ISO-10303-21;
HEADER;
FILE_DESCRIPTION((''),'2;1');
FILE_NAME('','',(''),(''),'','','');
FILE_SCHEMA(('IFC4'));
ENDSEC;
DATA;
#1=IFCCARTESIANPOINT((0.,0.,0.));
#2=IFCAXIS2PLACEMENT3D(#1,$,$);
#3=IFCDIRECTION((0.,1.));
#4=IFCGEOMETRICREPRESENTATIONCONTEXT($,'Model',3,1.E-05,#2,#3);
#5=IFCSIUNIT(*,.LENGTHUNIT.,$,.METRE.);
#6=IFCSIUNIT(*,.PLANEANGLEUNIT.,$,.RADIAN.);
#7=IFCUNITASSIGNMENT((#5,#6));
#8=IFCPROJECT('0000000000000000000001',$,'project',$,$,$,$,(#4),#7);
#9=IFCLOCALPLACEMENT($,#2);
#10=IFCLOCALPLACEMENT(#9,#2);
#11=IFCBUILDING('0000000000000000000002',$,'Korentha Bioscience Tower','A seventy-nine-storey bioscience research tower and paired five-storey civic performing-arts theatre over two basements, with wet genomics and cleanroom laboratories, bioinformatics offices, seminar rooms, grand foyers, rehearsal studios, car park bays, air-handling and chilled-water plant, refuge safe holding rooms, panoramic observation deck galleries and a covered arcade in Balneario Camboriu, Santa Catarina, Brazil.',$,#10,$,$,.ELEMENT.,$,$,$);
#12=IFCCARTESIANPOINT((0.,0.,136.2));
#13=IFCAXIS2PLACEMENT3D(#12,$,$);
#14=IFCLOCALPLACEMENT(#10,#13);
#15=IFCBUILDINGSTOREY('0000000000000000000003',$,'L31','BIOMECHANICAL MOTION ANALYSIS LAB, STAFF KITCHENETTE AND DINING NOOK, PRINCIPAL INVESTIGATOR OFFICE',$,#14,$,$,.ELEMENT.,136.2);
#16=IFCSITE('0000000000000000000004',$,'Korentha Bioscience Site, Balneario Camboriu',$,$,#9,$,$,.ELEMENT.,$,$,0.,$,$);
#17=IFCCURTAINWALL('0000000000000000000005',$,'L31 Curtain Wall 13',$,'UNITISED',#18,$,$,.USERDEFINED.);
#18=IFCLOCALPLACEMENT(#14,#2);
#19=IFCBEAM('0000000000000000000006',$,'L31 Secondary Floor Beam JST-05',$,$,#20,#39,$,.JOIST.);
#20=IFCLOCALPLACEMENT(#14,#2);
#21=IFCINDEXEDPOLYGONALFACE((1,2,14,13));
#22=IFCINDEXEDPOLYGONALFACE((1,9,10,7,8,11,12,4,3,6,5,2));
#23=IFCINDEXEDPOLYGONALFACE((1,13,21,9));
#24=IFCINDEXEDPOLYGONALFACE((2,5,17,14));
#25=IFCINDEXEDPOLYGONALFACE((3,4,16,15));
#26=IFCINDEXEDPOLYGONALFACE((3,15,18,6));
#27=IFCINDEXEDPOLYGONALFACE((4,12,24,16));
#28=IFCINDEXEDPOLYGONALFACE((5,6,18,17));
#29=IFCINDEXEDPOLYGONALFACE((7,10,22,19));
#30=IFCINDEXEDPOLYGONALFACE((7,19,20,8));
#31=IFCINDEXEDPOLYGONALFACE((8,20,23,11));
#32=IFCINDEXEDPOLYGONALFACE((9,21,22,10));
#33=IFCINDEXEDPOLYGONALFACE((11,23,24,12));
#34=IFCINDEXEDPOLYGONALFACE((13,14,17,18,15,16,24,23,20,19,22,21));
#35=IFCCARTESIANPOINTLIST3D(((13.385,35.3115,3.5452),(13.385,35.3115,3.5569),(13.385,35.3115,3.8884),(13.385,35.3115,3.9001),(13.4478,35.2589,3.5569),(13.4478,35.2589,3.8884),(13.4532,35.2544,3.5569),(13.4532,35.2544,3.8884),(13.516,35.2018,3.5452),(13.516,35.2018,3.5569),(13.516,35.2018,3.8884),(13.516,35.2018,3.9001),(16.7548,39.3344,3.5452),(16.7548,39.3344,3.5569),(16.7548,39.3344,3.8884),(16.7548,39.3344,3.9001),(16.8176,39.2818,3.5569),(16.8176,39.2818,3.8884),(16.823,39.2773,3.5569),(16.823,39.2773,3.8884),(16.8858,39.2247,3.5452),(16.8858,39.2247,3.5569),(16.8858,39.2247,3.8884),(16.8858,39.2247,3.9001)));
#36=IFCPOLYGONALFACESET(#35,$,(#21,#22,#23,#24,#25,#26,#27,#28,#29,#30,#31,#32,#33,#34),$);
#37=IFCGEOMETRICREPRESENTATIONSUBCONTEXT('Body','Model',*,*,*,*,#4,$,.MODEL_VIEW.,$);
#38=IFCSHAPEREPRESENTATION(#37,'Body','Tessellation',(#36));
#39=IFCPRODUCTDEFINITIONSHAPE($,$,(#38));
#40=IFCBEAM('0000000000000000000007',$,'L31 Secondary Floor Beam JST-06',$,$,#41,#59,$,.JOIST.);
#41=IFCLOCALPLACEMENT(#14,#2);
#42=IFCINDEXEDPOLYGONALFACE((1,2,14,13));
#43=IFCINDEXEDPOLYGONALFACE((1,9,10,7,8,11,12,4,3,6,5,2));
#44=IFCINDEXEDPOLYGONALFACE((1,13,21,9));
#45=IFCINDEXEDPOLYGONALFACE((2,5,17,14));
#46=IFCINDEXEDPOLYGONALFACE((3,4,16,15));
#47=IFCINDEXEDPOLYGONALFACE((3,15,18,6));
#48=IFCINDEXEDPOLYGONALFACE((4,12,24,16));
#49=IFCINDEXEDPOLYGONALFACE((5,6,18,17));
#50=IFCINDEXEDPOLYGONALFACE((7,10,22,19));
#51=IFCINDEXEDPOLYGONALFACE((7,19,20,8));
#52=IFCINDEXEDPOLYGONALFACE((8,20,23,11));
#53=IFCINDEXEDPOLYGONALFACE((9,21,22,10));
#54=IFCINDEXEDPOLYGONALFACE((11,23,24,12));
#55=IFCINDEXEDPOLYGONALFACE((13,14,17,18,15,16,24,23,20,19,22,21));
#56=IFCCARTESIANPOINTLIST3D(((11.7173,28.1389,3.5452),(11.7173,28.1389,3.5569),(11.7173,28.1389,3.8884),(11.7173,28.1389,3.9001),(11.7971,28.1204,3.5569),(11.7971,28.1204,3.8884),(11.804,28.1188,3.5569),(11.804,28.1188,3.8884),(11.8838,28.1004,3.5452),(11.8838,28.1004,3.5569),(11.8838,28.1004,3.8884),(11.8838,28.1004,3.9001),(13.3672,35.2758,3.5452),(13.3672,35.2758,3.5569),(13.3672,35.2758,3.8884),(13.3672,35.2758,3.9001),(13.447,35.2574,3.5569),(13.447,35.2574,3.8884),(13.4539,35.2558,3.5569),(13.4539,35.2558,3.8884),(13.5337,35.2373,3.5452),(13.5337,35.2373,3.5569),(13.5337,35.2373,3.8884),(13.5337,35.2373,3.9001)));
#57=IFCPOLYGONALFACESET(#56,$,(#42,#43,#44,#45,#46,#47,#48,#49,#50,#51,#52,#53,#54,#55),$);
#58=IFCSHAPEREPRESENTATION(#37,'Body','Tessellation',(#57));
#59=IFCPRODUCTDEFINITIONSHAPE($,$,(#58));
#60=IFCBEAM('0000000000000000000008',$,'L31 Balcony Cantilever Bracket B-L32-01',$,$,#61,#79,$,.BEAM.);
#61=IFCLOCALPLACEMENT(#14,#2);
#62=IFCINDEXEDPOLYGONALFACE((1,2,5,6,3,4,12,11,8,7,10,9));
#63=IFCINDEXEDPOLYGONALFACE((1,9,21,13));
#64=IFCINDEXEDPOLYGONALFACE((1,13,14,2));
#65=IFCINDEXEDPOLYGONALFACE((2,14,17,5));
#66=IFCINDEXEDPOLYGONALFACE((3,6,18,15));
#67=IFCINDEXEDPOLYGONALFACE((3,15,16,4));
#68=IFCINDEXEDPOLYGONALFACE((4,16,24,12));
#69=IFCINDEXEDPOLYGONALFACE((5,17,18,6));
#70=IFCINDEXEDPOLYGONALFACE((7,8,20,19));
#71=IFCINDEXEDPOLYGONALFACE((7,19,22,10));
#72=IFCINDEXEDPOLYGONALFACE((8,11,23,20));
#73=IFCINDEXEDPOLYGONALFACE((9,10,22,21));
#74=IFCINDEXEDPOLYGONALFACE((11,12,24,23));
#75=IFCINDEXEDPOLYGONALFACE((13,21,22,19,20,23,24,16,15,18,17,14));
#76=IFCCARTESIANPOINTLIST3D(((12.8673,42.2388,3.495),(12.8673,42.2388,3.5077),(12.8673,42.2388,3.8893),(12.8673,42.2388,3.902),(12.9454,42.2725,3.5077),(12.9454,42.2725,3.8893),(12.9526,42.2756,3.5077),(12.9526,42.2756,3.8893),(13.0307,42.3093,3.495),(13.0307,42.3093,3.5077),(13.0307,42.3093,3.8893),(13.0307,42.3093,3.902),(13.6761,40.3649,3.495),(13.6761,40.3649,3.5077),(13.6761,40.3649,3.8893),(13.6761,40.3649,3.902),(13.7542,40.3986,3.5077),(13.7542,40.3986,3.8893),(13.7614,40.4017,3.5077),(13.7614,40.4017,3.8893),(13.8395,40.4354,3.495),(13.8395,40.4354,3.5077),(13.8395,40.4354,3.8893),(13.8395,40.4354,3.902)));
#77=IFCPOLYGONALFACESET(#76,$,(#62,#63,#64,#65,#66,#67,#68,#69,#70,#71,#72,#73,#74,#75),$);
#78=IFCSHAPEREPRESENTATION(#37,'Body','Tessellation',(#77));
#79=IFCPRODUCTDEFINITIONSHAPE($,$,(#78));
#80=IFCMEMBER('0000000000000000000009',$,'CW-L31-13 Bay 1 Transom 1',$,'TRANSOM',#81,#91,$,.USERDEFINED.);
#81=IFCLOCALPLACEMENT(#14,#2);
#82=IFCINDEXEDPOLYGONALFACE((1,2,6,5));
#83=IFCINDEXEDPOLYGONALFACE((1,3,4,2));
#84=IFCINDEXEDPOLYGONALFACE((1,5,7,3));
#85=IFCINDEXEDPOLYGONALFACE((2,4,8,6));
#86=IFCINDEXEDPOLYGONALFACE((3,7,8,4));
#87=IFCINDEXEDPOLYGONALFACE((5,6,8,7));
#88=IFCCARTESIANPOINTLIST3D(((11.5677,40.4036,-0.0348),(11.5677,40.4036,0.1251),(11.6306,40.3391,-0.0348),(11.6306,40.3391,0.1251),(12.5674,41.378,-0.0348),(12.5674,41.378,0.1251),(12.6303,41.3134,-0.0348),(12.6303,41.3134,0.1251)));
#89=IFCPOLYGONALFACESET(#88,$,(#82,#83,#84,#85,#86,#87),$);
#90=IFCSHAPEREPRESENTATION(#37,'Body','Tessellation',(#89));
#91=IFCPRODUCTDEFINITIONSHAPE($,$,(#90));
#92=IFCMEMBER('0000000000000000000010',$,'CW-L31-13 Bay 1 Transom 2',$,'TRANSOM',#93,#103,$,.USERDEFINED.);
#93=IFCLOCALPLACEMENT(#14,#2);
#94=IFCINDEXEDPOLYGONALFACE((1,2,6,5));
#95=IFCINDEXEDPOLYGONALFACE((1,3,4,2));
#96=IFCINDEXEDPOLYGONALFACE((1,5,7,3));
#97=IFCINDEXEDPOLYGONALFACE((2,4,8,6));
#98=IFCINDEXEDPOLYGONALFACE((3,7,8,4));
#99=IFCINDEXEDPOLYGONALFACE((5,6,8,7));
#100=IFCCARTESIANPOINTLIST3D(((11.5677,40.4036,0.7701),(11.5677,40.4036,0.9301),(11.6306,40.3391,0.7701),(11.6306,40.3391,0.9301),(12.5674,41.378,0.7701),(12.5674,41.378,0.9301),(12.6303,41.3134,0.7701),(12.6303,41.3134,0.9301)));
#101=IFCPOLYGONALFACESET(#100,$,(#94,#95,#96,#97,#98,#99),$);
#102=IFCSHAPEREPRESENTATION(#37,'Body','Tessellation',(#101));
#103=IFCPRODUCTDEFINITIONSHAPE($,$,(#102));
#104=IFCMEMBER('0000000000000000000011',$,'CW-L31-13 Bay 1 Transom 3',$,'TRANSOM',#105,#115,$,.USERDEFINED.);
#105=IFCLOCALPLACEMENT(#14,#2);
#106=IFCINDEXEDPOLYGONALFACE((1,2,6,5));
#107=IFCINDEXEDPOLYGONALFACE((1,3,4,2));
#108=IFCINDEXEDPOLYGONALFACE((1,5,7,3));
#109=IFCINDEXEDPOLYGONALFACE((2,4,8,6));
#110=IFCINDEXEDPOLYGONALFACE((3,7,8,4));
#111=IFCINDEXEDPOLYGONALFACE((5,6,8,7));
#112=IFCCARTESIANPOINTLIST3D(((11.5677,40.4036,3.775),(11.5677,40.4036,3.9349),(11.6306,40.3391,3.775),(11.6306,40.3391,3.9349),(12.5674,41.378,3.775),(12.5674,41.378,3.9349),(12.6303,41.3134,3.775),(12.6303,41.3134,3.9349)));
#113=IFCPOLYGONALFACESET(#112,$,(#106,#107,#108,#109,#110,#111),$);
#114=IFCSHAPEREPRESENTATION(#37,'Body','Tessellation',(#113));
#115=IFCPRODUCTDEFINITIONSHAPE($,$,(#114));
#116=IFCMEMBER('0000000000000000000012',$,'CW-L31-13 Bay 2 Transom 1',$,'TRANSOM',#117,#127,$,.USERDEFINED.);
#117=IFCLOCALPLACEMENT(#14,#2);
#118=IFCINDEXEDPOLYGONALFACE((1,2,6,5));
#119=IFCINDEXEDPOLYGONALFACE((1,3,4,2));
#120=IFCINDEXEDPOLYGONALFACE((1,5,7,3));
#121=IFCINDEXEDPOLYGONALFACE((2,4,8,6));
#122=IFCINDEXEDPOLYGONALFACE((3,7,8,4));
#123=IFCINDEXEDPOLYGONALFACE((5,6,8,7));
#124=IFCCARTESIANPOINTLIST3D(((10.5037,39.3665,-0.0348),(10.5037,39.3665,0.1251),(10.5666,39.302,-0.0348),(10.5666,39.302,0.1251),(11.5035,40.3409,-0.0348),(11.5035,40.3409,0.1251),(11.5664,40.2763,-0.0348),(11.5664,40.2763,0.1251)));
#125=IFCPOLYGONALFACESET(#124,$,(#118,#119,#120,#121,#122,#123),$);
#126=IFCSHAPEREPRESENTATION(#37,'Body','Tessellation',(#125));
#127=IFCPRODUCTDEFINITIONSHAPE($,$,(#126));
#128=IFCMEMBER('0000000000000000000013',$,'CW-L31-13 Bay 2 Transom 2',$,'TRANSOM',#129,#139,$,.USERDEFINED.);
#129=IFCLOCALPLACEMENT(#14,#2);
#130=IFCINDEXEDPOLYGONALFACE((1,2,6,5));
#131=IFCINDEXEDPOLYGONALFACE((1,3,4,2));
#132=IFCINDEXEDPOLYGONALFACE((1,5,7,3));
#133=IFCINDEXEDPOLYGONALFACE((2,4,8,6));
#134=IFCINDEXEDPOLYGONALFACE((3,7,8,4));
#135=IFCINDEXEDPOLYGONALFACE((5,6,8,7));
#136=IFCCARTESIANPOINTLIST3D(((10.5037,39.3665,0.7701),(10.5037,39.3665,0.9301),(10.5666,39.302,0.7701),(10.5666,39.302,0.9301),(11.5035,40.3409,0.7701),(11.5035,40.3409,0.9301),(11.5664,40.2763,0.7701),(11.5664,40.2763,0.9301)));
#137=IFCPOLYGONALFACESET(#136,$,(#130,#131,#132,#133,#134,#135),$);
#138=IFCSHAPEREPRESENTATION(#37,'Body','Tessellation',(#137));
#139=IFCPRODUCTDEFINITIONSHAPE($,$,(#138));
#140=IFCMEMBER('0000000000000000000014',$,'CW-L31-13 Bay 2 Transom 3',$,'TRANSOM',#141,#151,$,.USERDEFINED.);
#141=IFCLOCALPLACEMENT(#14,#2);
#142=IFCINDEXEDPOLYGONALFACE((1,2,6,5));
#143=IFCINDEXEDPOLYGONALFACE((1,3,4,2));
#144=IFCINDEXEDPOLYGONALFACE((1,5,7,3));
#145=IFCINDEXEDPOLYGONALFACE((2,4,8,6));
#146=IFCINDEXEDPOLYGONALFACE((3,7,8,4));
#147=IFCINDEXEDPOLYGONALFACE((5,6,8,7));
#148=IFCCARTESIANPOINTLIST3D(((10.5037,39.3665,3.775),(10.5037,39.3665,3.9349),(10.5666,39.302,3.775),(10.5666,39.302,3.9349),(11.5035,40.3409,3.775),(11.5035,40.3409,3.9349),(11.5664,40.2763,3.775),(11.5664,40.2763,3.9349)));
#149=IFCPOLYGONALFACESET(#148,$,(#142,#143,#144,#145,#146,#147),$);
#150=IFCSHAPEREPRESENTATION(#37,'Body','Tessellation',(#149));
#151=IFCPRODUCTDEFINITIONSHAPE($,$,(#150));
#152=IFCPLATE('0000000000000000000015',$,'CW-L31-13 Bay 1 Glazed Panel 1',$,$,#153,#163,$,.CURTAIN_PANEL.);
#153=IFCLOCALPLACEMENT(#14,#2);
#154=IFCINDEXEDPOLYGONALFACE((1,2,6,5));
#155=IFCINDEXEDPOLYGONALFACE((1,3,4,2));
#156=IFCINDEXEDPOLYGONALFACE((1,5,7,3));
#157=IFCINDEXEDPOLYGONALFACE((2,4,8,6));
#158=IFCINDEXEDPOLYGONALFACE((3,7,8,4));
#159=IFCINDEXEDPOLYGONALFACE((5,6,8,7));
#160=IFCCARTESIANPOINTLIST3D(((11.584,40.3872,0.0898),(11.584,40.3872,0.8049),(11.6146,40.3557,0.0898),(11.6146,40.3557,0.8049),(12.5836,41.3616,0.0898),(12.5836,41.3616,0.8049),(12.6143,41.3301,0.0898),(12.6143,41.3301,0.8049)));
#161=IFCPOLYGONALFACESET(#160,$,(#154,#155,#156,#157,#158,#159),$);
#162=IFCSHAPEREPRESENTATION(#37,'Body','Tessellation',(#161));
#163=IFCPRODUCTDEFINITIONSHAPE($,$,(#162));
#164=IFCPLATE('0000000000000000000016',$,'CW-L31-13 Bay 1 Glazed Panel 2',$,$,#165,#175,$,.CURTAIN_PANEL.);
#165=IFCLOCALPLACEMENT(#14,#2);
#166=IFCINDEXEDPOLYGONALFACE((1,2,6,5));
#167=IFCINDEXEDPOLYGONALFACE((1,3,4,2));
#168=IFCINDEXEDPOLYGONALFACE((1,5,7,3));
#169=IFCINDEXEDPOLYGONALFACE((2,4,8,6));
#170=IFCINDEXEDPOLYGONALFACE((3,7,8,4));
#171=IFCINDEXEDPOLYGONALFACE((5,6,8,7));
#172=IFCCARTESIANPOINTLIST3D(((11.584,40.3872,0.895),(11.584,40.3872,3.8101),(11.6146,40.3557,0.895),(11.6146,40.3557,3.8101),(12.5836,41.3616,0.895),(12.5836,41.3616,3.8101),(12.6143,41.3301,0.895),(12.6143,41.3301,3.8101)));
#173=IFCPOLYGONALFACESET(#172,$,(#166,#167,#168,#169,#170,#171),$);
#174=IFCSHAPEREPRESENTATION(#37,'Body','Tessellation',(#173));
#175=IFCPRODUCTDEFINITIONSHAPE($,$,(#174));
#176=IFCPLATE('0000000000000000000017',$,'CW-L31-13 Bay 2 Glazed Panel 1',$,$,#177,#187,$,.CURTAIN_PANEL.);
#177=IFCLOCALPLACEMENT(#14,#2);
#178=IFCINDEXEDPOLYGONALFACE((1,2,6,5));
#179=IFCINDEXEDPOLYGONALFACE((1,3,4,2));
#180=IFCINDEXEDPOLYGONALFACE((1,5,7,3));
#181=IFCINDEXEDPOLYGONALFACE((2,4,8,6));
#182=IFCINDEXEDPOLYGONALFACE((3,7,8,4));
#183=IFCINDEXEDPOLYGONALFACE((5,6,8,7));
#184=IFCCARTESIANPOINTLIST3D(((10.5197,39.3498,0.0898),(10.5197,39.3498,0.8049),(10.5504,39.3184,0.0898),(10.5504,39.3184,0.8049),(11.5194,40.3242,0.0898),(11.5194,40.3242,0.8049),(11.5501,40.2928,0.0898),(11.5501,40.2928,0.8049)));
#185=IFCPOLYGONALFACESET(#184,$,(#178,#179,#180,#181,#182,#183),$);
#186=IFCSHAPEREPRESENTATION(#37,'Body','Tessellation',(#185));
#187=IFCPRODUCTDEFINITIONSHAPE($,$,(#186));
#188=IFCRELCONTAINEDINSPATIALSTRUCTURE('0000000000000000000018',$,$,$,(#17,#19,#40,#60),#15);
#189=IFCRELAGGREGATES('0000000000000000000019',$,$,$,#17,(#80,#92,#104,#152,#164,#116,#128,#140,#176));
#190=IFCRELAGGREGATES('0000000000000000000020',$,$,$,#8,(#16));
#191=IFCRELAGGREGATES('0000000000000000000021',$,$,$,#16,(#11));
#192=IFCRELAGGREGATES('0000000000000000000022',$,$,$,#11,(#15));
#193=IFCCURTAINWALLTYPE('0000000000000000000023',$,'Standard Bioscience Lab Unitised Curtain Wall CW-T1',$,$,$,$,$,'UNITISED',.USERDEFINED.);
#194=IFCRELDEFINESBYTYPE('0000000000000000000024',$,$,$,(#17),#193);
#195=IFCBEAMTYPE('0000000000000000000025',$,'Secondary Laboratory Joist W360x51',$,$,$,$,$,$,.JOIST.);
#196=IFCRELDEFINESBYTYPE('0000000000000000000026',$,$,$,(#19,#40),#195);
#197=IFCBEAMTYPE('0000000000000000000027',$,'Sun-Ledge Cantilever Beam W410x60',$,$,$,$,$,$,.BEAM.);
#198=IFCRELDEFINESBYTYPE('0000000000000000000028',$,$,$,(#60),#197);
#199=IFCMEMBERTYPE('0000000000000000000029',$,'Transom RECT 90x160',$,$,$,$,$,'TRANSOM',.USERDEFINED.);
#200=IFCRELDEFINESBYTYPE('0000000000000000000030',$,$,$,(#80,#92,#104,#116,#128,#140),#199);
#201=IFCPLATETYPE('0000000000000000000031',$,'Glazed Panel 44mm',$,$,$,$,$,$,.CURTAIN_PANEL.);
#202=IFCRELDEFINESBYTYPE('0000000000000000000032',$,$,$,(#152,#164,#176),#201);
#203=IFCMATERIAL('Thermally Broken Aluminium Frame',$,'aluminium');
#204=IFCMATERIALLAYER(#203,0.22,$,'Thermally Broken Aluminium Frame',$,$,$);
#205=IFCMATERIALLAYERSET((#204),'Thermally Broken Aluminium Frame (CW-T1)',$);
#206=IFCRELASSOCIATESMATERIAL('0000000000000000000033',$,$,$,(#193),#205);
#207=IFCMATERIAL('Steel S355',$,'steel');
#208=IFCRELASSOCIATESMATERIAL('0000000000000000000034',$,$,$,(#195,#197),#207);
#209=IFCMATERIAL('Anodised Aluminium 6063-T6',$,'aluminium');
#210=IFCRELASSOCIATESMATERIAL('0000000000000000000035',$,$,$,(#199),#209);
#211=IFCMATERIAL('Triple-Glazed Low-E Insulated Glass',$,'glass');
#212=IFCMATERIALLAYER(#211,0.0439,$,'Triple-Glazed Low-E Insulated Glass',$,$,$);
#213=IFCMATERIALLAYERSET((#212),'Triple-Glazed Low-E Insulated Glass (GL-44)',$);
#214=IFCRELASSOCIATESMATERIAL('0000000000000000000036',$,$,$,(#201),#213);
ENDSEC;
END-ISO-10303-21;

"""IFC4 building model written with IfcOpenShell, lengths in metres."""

from ifc_helpers import new_model, si_unit, direction, frame, origin, origin_2d, place, context, subcontext, project, spatial, rectangle, i_section, extrude, material, layer, layer_set, material_profile, profile_set, type_object, element, aggregate, save


model = new_model("IFC4")

# Units and contexts
model_context = context("Model", 3, precision=1e-05, world=origin(), true_north=direction((0.0, 1.0)))
body_context = subcontext(model_context, "Body", "Model", "MODEL_VIEW")
ifc_project = project(units=[si_unit("LENGTHUNIT", "METRE"), si_unit("PLANEANGLEUNIT", "RADIAN")], contexts=[model_context])

# Site, building, storey
site_placement = place(None, origin())
site = spatial("IfcSite", under=ifc_project, at=site_placement, Name="Korentha Bioscience Site, Balneario Camboriu", CompositionType="ELEMENT", RefElevation=0.0)
building_placement = place(site_placement, origin())
building = spatial("IfcBuilding", under=site, at=building_placement, Name="Korentha Bioscience Tower", Description="A seventy-nine-storey bioscience research tower and paired five-storey civic performing-arts theatre over two basements, with wet genomics and cleanroom laboratories, bioinformatics offices, seminar rooms, grand foyers, rehearsal studios, car park bays, air-handling and chilled-water plant, refuge safe holding rooms, panoramic observation deck galleries and a covered arcade in Balneario Camboriu, Santa Catarina, Brazil.", CompositionType="ELEMENT")
storey_placement = place(building_placement, frame((0.0, 0.0, 136.2)))
storey = spatial("IfcBuildingStorey", under=building, at=storey_placement, Name="L31", Description="BIOMECHANICAL MOTION ANALYSIS LAB, STAFF KITCHENETTE AND DINING NOOK, PRINCIPAL INVESTIGATOR OFFICE", CompositionType="ELEMENT", Elevation=136.2)

# Shared definitions
ifc_material_1 = material(Name="Steel S355", Category="steel")

# Curtain wall
ifc_material_2 = material(Name="Thermally Broken Aluminium Frame", Category="aluminium")
ifc_layer_1 = layer(ifc_material_2, 0.22, Name="Thermally Broken Aluminium Frame")
ifc_layer_set_1 = layer_set([ifc_layer_1], Name="Thermally Broken Aluminium Frame (CW-T1)")
curtain_wall_type = type_object("IfcCurtainWallType", Name="Standard Bioscience Lab Unitised Curtain Wall CW-T1", ElementType="UNITISED", PredefinedType="USERDEFINED", material=ifc_layer_set_1)
curtain_wall_placement = place(storey_placement, origin())
curtain_wall = element("IfcCurtainWall", 1, at=curtain_wall_placement, inside=storey, type_object=curtain_wall_type, Name="L31 Curtain Wall 13", ObjectType="UNITISED", PredefinedType="USERDEFINED")
ifc_material_3 = material(Name="Anodised Aluminium 6063-T6", Category="aluminium")

# Beams
ifc_material_profile_1 = material_profile(ifc_material_1, i_section(OverallWidth=0.1709, OverallDepth=0.355, WebThickness=0.0071, FlangeThickness=0.0117, at=origin_2d()), Name="Steel S355")
ifc_profile_set_1 = profile_set([ifc_material_profile_1], Name="Steel S355 (JB-360)")
beam_type_1 = type_object("IfcBeamType", Name="Secondary Laboratory Joist W360x51", PredefinedType="JOIST", material=ifc_profile_set_1)
beam_1_placement = place(storey_placement, frame((16.8203, 39.2795, 3.7227), z_axis=(-0.642141, -0.766587, 0.0), x_axis=(0.766587, -0.642141, 0.0)))
element("IfcBeam", 2, at=beam_1_placement, inside=storey, type_object=beam_type_1, Name="L31 Secondary Floor Beam JST-05", PredefinedType="JOIST", context=body_context, shape_type="SweptSolid", body=[
    extrude(i_section(OverallWidth=0.1709, OverallDepth=0.355, WebThickness=0.0071, FlangeThickness=0.0117, at=origin_2d()), origin(), (0.0, 0.0, 1.0), 5.2478),
])
beam_2_placement = place(storey_placement, frame((13.4504, 35.2566, 3.7227), z_axis=(-0.225237, -0.974304, 0.0), x_axis=(0.974304, -0.225237, 0.0)))
element("IfcBeam", 3, at=beam_2_placement, inside=storey, type_object=beam_type_1, Name="L31 Secondary Floor Beam JST-06", PredefinedType="JOIST", context=body_context, shape_type="SweptSolid", body=[
    extrude(i_section(OverallWidth=0.1709, OverallDepth=0.355, WebThickness=0.0071, FlangeThickness=0.0117, at=origin_2d()), origin(), (0.0, 0.0, 1.0), 7.3252),
])
ifc_material_profile_2 = material_profile(ifc_material_1, i_section(OverallWidth=0.178, OverallDepth=0.407, WebThickness=0.0078, FlangeThickness=0.0127, at=origin_2d()), Name="Steel S355")
ifc_profile_set_2 = profile_set([ifc_material_profile_2], Name="Steel S355 (CB-410)")
beam_type_2 = type_object("IfcBeamType", Name="Sun-Ledge Cantilever Beam W410x60", PredefinedType="BEAM", material=ifc_profile_set_2)
beam_3_placement = place(storey_placement, frame((13.7578, 40.4001, 3.6985), z_axis=(-0.396271, 0.918134, 0.0), x_axis=(-0.918134, -0.396271, 0.0)))
element("IfcBeam", 4, at=beam_3_placement, inside=storey, type_object=beam_type_2, Name="L31 Balcony Cantilever Bracket B-L32-01", PredefinedType="BEAM", context=body_context, shape_type="SweptSolid", body=[
    extrude(i_section(OverallWidth=0.178, OverallDepth=0.407, WebThickness=0.0078, FlangeThickness=0.0127, at=origin_2d()), origin(), (0.0, 0.0, 1.0), 2.041),
])

# Members
ifc_material_profile_3 = material_profile(ifc_material_3, rectangle(XDim=0.0901, YDim=0.1599, at=origin_2d()), Name="Anodised Aluminium 6063-T6")
ifc_profile_set_3 = profile_set([ifc_material_profile_3], Name="Anodised Aluminium 6063-T6 (CW-TRN)")
member_type_1 = type_object("IfcMemberType", Name="Transom RECT 90x160", ElementType="TRANSOM", PredefinedType="USERDEFINED", material=ifc_profile_set_3)
member_1_placement = place(storey_placement, frame((12.5989, 41.3457, 0.0452), z_axis=(-0.716142, -0.697954, 0.0), x_axis=(0.697954, -0.716142, 0.0)))
member_1 = element("IfcMember", 5, at=member_1_placement, type_object=member_type_1, Name="CW-L31-13 Bay 1 Transom 1", ObjectType="TRANSOM", PredefinedType="USERDEFINED", context=body_context, shape_type="SweptSolid", body=[
    extrude(rectangle(XDim=0.0901, YDim=0.1599, at=origin_2d()), origin(), (0.0, 0.0, 1.0), 1.396),
])
member_2_placement = place(storey_placement, frame((12.5989, 41.3457, 0.8501), z_axis=(-0.716142, -0.697954, 0.0), x_axis=(0.697954, -0.716142, 0.0)))
member_2 = element("IfcMember", 6, at=member_2_placement, type_object=member_type_1, Name="CW-L31-13 Bay 1 Transom 2", ObjectType="TRANSOM", PredefinedType="USERDEFINED", context=body_context, shape_type="SweptSolid", body=[
    extrude(rectangle(XDim=0.0901, YDim=0.1599, at=origin_2d()), origin(), (0.0, 0.0, 1.0), 1.396),
])
member_3_placement = place(storey_placement, frame((12.5989, 41.3457, 3.855), z_axis=(-0.716142, -0.697954, 0.0), x_axis=(0.697954, -0.716142, 0.0)))
member_3 = element("IfcMember", 7, at=member_3_placement, type_object=member_type_1, Name="CW-L31-13 Bay 1 Transom 3", ObjectType="TRANSOM", PredefinedType="USERDEFINED", context=body_context, shape_type="SweptSolid", body=[
    extrude(rectangle(XDim=0.0901, YDim=0.1599, at=origin_2d()), origin(), (0.0, 0.0, 1.0), 1.396),
])
member_4_placement = place(storey_placement, frame((11.5349, 40.3086, 0.0452), z_axis=(-0.716142, -0.697954, 0.0), x_axis=(0.697954, -0.716142, 0.0)))
member_4 = element("IfcMember", 8, at=member_4_placement, type_object=member_type_1, Name="CW-L31-13 Bay 2 Transom 1", ObjectType="TRANSOM", PredefinedType="USERDEFINED", context=body_context, shape_type="SweptSolid", body=[
    extrude(rectangle(XDim=0.0901, YDim=0.1599, at=origin_2d()), origin(), (0.0, 0.0, 1.0), 1.396),
])
member_5_placement = place(storey_placement, frame((11.5349, 40.3086, 0.8501), z_axis=(-0.716142, -0.697954, 0.0), x_axis=(0.697954, -0.716142, 0.0)))
member_5 = element("IfcMember", 9, at=member_5_placement, type_object=member_type_1, Name="CW-L31-13 Bay 2 Transom 2", ObjectType="TRANSOM", PredefinedType="USERDEFINED", context=body_context, shape_type="SweptSolid", body=[
    extrude(rectangle(XDim=0.0901, YDim=0.1599, at=origin_2d()), origin(), (0.0, 0.0, 1.0), 1.396),
])
member_6_placement = place(storey_placement, frame((11.5349, 40.3086, 3.855), z_axis=(-0.716142, -0.697954, 0.0), x_axis=(0.697954, -0.716142, 0.0)))
member_6 = element("IfcMember", 10, at=member_6_placement, type_object=member_type_1, Name="CW-L31-13 Bay 2 Transom 3", ObjectType="TRANSOM", PredefinedType="USERDEFINED", context=body_context, shape_type="SweptSolid", body=[
    extrude(rectangle(XDim=0.0901, YDim=0.1599, at=origin_2d()), origin(), (0.0, 0.0, 1.0), 1.396),
])

# Plates
ifc_material_4 = material(Name="Triple-Glazed Low-E Insulated Glass", Category="glass")
ifc_layer_2 = layer(ifc_material_4, 0.0439, Name="Triple-Glazed Low-E Insulated Glass")
ifc_layer_set_2 = layer_set([ifc_layer_2], Name="Triple-Glazed Low-E Insulated Glass (GL-44)")
plate_type = type_object("IfcPlateType", Name="Glazed Panel 44mm", PredefinedType="CURTAIN_PANEL", material=ifc_layer_set_2)
plate_1_placement = place(storey_placement, frame((12.0991, 40.8586, 0.0898), z_axis=(0.0, 0.0, 1.0), x_axis=(-0.716096, -0.698002, 0.0)))
plate_1 = element("IfcPlate", 11, at=plate_1_placement, type_object=plate_type, Name="CW-L31-13 Bay 1 Glazed Panel 1", PredefinedType="CURTAIN_PANEL", context=body_context, shape_type="SweptSolid", body=[
    extrude(rectangle(XDim=1.396, YDim=0.0439, at=origin_2d()), origin(), (0.0, 0.0, 1.0), 0.7151),
])
plate_2_placement = place(storey_placement, frame((12.0991, 40.8586, 0.895), z_axis=(0.0, 0.0, 1.0), x_axis=(-0.716096, -0.698002, 0.0)))
plate_2 = element("IfcPlate", 12, at=plate_2_placement, type_object=plate_type, Name="CW-L31-13 Bay 1 Glazed Panel 2", PredefinedType="CURTAIN_PANEL", context=body_context, shape_type="SweptSolid", body=[
    extrude(rectangle(XDim=1.396, YDim=0.0439, at=origin_2d()), origin(), (0.0, 0.0, 1.0), 2.915),
])
plate_3_placement = place(storey_placement, frame((11.0349, 39.8213, 0.0898), z_axis=(0.0, 0.0, 1.0), x_axis=(-0.716096, -0.698002, 0.0)))
plate_3 = element("IfcPlate", 13, at=plate_3_placement, type_object=plate_type, Name="CW-L31-13 Bay 2 Glazed Panel 1", PredefinedType="CURTAIN_PANEL", context=body_context, shape_type="SweptSolid", body=[
    extrude(rectangle(XDim=1.396, YDim=0.0439, at=origin_2d()), origin(), (0.0, 0.0, 1.0), 0.7151),
])
aggregate(curtain_wall, [member_1, member_2, member_3, plate_1, plate_2, member_4, member_5, member_6, plate_3])

save(model, "model.ifc")
